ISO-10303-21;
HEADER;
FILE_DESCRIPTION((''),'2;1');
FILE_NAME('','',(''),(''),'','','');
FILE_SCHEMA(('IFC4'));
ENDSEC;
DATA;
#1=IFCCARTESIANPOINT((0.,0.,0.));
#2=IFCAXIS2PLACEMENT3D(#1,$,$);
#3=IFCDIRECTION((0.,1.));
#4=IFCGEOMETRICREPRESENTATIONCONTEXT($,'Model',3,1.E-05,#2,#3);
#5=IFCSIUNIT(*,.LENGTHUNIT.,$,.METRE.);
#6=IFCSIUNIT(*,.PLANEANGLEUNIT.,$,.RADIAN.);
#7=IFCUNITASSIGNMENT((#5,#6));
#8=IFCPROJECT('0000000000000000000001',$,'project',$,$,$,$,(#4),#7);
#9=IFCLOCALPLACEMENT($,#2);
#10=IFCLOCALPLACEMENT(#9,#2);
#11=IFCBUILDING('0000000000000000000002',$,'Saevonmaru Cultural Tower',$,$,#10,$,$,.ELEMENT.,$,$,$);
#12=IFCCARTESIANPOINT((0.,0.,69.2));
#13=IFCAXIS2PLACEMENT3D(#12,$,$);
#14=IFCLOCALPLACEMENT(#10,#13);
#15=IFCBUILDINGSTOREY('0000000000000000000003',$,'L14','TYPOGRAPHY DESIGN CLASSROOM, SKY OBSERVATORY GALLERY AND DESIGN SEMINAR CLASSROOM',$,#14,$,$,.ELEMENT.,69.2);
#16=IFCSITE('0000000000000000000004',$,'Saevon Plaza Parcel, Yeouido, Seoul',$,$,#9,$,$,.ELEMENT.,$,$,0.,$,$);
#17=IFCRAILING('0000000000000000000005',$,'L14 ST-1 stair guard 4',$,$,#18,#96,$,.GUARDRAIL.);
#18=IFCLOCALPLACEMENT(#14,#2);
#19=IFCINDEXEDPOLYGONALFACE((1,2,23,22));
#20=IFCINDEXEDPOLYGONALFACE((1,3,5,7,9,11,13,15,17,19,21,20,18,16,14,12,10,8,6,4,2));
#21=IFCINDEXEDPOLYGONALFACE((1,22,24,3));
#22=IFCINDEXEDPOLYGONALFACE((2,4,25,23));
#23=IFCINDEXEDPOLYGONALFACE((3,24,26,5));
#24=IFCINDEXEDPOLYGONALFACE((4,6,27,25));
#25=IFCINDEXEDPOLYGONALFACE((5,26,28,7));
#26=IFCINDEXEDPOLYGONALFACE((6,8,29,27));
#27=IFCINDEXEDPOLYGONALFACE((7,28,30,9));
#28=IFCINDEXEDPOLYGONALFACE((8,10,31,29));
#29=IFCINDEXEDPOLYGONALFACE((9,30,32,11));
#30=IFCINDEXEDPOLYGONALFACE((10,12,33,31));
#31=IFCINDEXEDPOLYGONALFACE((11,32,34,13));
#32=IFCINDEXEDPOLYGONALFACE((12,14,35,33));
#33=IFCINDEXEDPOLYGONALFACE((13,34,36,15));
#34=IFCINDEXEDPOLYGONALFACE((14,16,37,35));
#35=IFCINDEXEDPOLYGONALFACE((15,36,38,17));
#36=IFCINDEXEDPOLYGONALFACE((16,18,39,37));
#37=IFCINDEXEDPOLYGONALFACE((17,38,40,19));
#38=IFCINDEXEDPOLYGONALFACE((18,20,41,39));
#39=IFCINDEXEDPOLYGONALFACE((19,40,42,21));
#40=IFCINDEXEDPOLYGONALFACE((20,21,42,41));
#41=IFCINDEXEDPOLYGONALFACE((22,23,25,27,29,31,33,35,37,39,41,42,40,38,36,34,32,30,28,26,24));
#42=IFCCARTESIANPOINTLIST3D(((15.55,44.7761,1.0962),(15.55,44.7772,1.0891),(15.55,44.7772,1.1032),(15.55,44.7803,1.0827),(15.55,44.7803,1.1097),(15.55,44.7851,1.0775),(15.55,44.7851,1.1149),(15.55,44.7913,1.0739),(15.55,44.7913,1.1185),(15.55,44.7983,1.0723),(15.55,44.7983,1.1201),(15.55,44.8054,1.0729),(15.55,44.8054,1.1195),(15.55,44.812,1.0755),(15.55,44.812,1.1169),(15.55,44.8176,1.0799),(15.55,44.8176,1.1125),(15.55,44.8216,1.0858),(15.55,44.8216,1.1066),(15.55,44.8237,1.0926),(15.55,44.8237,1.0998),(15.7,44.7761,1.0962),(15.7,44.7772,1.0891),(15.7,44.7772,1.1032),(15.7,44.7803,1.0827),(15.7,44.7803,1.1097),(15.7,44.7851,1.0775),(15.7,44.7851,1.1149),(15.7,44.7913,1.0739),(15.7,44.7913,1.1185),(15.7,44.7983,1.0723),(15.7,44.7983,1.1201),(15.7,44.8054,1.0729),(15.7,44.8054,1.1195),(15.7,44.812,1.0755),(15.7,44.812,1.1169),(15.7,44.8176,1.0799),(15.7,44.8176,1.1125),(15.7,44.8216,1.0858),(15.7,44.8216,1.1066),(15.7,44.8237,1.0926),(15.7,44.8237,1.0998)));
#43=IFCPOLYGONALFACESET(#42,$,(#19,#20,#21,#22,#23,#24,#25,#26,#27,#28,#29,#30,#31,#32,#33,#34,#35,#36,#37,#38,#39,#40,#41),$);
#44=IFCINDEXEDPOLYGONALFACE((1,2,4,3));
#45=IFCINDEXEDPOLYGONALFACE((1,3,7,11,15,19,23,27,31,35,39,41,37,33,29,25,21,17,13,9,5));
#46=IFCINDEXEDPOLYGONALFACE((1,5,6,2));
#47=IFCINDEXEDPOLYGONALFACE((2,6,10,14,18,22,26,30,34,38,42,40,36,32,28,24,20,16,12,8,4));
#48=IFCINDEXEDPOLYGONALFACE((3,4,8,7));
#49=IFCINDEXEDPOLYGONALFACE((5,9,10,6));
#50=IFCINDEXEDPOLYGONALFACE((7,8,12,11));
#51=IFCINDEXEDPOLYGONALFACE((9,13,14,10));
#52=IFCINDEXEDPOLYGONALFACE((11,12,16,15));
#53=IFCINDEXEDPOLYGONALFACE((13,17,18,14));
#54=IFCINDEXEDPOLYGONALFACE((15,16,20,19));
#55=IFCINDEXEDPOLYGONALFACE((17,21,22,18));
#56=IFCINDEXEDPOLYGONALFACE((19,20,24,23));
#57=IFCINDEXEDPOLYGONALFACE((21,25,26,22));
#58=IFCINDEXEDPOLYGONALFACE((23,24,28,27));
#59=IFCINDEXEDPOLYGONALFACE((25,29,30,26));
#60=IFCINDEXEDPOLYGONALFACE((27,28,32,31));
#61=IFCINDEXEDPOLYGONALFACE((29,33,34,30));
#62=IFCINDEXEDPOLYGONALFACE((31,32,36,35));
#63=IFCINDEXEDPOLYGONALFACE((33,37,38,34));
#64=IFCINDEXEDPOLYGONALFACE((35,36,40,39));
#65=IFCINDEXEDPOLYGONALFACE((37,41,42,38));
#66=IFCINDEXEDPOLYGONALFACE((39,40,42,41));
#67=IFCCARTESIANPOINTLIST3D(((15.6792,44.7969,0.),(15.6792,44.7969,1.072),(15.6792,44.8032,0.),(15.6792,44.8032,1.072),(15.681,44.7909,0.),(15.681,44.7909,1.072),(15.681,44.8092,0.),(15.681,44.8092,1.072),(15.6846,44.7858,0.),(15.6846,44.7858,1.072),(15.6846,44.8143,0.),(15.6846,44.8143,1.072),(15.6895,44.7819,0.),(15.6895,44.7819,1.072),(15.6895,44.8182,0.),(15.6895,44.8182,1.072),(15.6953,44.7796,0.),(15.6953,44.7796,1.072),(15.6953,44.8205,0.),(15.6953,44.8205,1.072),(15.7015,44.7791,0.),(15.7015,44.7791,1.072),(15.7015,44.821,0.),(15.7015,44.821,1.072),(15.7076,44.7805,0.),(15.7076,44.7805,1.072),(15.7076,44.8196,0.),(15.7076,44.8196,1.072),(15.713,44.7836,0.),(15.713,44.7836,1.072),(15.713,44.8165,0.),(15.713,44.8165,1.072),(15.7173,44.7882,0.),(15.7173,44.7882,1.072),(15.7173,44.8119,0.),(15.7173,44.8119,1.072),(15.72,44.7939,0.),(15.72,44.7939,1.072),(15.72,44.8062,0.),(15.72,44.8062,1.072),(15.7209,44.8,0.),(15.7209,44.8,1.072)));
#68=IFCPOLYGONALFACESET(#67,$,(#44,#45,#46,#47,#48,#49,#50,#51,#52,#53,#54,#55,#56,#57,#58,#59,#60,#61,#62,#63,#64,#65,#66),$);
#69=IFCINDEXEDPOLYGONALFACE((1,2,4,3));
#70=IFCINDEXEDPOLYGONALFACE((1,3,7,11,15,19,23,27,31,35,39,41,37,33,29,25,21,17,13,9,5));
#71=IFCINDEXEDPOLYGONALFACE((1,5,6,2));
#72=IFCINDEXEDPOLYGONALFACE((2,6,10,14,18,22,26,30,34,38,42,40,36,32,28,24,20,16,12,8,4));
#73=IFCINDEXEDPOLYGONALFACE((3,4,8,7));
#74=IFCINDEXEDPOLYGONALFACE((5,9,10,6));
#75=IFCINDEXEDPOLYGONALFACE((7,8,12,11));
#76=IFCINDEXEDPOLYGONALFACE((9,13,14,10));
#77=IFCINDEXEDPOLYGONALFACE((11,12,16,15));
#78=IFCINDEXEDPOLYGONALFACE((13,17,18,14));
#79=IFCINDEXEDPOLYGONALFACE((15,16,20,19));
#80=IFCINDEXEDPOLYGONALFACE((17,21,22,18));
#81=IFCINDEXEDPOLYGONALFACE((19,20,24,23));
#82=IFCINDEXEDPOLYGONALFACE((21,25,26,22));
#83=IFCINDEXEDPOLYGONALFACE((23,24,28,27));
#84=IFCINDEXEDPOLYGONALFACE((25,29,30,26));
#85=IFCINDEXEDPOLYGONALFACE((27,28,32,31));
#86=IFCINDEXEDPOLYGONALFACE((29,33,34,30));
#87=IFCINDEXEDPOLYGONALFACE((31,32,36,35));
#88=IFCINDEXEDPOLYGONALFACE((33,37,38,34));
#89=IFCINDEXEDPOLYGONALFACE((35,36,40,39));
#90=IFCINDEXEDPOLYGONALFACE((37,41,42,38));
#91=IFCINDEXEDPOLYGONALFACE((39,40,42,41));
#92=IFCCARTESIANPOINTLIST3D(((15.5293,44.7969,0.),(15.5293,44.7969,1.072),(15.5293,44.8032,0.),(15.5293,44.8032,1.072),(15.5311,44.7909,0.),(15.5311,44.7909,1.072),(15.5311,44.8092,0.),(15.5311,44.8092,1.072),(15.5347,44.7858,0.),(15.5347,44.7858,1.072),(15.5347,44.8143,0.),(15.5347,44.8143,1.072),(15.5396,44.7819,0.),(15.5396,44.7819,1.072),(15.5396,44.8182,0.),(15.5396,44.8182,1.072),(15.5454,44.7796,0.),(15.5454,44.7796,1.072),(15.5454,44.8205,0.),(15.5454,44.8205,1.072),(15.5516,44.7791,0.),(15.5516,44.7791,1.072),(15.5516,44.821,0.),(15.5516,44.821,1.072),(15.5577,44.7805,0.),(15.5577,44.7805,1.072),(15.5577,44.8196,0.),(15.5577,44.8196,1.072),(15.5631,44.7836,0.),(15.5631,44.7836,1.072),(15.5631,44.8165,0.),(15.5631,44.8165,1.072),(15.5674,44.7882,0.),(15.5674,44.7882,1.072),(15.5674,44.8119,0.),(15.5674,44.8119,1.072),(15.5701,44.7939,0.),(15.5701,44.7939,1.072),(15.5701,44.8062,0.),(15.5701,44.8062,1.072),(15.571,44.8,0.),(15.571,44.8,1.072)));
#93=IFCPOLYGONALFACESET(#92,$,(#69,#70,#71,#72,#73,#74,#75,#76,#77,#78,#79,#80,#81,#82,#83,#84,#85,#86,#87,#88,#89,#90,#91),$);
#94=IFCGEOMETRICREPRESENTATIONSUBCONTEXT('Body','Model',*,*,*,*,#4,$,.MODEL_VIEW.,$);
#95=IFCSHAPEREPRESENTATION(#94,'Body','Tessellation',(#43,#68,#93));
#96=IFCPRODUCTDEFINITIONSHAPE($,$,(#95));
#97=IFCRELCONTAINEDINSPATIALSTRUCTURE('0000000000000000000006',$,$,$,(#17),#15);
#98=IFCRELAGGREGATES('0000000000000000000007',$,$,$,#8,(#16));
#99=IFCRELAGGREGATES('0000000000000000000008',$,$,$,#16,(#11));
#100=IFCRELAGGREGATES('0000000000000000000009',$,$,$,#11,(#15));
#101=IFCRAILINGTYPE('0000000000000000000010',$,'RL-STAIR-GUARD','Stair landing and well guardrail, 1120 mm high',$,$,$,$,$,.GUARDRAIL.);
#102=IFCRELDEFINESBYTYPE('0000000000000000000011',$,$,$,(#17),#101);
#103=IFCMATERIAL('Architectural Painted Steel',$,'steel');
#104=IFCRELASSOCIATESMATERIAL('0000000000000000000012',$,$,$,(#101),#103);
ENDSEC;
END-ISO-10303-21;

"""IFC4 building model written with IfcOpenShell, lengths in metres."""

from ifc_helpers import new_model, si_unit, direction, frame, origin, origin_2d, place, context, subcontext, project, spatial, circle, extrude, material, type_object, element, save


model = new_model("IFC4")

# Units and contexts
model_context = context("Model", 3, precision=1e-05, world=origin(), true_north=direction((0.0, 1.0)))
body_context = subcontext(model_context, "Body", "Model", "MODEL_VIEW")
ifc_project = project(units=[si_unit("LENGTHUNIT", "METRE"), si_unit("PLANEANGLEUNIT", "RADIAN")], contexts=[model_context])

# Site, building, storey
site_placement = place(None, origin())
site = spatial("IfcSite", under=ifc_project, at=site_placement, Name="Saevon Plaza Parcel, Yeouido, Seoul", CompositionType="ELEMENT", RefElevation=0.0)
building_placement = place(site_placement, origin())
building = spatial("IfcBuilding", under=site, at=building_placement, Name="Saevonmaru Cultural Tower", CompositionType="ELEMENT")
storey_placement = place(building_placement, frame((0.0, 0.0, 69.2)))
storey = spatial("IfcBuildingStorey", under=building, at=storey_placement, Name="L14", Description="TYPOGRAPHY DESIGN CLASSROOM, SKY OBSERVATORY GALLERY AND DESIGN SEMINAR CLASSROOM", CompositionType="ELEMENT", Elevation=69.2)

# Railing
ifc_material_1 = material(Name="Architectural Painted Steel", Category="steel")
railing_type_1 = type_object("IfcRailingType", Name="RL-STAIR-GUARD", Description="Stair landing and well guardrail, 1120 mm high", PredefinedType="GUARDRAIL", material=ifc_material_1)
railing_1_placement = place(storey_placement, frame((15.7, 44.8, 0.0)))
element("IfcRailing", 1, at=railing_1_placement, inside=storey, type_object=railing_type_1, Name="L14 ST-1 stair guard 4", PredefinedType="GUARDRAIL", context=body_context, shape_type="SweptSolid", body=[
    extrude(circle(Radius=0.0239, at=origin_2d()), frame((0.0, 0.0, 1.0962), z_axis=(-1.0, 0.0, 0.0), x_axis=(0.0, -1.0, 0.0)), (0.0, 0.0, 1.0), 0.1499),
    extrude(circle(Radius=0.021, at=origin_2d()), origin(), (0.0, 0.0, 1.0), 1.072),
    extrude(circle(Radius=0.021, at=origin_2d()), frame((-0.1499, 0.0, 0.0)), (0.0, 0.0, 1.0), 1.072),
])

save(model, "model.ifc")
